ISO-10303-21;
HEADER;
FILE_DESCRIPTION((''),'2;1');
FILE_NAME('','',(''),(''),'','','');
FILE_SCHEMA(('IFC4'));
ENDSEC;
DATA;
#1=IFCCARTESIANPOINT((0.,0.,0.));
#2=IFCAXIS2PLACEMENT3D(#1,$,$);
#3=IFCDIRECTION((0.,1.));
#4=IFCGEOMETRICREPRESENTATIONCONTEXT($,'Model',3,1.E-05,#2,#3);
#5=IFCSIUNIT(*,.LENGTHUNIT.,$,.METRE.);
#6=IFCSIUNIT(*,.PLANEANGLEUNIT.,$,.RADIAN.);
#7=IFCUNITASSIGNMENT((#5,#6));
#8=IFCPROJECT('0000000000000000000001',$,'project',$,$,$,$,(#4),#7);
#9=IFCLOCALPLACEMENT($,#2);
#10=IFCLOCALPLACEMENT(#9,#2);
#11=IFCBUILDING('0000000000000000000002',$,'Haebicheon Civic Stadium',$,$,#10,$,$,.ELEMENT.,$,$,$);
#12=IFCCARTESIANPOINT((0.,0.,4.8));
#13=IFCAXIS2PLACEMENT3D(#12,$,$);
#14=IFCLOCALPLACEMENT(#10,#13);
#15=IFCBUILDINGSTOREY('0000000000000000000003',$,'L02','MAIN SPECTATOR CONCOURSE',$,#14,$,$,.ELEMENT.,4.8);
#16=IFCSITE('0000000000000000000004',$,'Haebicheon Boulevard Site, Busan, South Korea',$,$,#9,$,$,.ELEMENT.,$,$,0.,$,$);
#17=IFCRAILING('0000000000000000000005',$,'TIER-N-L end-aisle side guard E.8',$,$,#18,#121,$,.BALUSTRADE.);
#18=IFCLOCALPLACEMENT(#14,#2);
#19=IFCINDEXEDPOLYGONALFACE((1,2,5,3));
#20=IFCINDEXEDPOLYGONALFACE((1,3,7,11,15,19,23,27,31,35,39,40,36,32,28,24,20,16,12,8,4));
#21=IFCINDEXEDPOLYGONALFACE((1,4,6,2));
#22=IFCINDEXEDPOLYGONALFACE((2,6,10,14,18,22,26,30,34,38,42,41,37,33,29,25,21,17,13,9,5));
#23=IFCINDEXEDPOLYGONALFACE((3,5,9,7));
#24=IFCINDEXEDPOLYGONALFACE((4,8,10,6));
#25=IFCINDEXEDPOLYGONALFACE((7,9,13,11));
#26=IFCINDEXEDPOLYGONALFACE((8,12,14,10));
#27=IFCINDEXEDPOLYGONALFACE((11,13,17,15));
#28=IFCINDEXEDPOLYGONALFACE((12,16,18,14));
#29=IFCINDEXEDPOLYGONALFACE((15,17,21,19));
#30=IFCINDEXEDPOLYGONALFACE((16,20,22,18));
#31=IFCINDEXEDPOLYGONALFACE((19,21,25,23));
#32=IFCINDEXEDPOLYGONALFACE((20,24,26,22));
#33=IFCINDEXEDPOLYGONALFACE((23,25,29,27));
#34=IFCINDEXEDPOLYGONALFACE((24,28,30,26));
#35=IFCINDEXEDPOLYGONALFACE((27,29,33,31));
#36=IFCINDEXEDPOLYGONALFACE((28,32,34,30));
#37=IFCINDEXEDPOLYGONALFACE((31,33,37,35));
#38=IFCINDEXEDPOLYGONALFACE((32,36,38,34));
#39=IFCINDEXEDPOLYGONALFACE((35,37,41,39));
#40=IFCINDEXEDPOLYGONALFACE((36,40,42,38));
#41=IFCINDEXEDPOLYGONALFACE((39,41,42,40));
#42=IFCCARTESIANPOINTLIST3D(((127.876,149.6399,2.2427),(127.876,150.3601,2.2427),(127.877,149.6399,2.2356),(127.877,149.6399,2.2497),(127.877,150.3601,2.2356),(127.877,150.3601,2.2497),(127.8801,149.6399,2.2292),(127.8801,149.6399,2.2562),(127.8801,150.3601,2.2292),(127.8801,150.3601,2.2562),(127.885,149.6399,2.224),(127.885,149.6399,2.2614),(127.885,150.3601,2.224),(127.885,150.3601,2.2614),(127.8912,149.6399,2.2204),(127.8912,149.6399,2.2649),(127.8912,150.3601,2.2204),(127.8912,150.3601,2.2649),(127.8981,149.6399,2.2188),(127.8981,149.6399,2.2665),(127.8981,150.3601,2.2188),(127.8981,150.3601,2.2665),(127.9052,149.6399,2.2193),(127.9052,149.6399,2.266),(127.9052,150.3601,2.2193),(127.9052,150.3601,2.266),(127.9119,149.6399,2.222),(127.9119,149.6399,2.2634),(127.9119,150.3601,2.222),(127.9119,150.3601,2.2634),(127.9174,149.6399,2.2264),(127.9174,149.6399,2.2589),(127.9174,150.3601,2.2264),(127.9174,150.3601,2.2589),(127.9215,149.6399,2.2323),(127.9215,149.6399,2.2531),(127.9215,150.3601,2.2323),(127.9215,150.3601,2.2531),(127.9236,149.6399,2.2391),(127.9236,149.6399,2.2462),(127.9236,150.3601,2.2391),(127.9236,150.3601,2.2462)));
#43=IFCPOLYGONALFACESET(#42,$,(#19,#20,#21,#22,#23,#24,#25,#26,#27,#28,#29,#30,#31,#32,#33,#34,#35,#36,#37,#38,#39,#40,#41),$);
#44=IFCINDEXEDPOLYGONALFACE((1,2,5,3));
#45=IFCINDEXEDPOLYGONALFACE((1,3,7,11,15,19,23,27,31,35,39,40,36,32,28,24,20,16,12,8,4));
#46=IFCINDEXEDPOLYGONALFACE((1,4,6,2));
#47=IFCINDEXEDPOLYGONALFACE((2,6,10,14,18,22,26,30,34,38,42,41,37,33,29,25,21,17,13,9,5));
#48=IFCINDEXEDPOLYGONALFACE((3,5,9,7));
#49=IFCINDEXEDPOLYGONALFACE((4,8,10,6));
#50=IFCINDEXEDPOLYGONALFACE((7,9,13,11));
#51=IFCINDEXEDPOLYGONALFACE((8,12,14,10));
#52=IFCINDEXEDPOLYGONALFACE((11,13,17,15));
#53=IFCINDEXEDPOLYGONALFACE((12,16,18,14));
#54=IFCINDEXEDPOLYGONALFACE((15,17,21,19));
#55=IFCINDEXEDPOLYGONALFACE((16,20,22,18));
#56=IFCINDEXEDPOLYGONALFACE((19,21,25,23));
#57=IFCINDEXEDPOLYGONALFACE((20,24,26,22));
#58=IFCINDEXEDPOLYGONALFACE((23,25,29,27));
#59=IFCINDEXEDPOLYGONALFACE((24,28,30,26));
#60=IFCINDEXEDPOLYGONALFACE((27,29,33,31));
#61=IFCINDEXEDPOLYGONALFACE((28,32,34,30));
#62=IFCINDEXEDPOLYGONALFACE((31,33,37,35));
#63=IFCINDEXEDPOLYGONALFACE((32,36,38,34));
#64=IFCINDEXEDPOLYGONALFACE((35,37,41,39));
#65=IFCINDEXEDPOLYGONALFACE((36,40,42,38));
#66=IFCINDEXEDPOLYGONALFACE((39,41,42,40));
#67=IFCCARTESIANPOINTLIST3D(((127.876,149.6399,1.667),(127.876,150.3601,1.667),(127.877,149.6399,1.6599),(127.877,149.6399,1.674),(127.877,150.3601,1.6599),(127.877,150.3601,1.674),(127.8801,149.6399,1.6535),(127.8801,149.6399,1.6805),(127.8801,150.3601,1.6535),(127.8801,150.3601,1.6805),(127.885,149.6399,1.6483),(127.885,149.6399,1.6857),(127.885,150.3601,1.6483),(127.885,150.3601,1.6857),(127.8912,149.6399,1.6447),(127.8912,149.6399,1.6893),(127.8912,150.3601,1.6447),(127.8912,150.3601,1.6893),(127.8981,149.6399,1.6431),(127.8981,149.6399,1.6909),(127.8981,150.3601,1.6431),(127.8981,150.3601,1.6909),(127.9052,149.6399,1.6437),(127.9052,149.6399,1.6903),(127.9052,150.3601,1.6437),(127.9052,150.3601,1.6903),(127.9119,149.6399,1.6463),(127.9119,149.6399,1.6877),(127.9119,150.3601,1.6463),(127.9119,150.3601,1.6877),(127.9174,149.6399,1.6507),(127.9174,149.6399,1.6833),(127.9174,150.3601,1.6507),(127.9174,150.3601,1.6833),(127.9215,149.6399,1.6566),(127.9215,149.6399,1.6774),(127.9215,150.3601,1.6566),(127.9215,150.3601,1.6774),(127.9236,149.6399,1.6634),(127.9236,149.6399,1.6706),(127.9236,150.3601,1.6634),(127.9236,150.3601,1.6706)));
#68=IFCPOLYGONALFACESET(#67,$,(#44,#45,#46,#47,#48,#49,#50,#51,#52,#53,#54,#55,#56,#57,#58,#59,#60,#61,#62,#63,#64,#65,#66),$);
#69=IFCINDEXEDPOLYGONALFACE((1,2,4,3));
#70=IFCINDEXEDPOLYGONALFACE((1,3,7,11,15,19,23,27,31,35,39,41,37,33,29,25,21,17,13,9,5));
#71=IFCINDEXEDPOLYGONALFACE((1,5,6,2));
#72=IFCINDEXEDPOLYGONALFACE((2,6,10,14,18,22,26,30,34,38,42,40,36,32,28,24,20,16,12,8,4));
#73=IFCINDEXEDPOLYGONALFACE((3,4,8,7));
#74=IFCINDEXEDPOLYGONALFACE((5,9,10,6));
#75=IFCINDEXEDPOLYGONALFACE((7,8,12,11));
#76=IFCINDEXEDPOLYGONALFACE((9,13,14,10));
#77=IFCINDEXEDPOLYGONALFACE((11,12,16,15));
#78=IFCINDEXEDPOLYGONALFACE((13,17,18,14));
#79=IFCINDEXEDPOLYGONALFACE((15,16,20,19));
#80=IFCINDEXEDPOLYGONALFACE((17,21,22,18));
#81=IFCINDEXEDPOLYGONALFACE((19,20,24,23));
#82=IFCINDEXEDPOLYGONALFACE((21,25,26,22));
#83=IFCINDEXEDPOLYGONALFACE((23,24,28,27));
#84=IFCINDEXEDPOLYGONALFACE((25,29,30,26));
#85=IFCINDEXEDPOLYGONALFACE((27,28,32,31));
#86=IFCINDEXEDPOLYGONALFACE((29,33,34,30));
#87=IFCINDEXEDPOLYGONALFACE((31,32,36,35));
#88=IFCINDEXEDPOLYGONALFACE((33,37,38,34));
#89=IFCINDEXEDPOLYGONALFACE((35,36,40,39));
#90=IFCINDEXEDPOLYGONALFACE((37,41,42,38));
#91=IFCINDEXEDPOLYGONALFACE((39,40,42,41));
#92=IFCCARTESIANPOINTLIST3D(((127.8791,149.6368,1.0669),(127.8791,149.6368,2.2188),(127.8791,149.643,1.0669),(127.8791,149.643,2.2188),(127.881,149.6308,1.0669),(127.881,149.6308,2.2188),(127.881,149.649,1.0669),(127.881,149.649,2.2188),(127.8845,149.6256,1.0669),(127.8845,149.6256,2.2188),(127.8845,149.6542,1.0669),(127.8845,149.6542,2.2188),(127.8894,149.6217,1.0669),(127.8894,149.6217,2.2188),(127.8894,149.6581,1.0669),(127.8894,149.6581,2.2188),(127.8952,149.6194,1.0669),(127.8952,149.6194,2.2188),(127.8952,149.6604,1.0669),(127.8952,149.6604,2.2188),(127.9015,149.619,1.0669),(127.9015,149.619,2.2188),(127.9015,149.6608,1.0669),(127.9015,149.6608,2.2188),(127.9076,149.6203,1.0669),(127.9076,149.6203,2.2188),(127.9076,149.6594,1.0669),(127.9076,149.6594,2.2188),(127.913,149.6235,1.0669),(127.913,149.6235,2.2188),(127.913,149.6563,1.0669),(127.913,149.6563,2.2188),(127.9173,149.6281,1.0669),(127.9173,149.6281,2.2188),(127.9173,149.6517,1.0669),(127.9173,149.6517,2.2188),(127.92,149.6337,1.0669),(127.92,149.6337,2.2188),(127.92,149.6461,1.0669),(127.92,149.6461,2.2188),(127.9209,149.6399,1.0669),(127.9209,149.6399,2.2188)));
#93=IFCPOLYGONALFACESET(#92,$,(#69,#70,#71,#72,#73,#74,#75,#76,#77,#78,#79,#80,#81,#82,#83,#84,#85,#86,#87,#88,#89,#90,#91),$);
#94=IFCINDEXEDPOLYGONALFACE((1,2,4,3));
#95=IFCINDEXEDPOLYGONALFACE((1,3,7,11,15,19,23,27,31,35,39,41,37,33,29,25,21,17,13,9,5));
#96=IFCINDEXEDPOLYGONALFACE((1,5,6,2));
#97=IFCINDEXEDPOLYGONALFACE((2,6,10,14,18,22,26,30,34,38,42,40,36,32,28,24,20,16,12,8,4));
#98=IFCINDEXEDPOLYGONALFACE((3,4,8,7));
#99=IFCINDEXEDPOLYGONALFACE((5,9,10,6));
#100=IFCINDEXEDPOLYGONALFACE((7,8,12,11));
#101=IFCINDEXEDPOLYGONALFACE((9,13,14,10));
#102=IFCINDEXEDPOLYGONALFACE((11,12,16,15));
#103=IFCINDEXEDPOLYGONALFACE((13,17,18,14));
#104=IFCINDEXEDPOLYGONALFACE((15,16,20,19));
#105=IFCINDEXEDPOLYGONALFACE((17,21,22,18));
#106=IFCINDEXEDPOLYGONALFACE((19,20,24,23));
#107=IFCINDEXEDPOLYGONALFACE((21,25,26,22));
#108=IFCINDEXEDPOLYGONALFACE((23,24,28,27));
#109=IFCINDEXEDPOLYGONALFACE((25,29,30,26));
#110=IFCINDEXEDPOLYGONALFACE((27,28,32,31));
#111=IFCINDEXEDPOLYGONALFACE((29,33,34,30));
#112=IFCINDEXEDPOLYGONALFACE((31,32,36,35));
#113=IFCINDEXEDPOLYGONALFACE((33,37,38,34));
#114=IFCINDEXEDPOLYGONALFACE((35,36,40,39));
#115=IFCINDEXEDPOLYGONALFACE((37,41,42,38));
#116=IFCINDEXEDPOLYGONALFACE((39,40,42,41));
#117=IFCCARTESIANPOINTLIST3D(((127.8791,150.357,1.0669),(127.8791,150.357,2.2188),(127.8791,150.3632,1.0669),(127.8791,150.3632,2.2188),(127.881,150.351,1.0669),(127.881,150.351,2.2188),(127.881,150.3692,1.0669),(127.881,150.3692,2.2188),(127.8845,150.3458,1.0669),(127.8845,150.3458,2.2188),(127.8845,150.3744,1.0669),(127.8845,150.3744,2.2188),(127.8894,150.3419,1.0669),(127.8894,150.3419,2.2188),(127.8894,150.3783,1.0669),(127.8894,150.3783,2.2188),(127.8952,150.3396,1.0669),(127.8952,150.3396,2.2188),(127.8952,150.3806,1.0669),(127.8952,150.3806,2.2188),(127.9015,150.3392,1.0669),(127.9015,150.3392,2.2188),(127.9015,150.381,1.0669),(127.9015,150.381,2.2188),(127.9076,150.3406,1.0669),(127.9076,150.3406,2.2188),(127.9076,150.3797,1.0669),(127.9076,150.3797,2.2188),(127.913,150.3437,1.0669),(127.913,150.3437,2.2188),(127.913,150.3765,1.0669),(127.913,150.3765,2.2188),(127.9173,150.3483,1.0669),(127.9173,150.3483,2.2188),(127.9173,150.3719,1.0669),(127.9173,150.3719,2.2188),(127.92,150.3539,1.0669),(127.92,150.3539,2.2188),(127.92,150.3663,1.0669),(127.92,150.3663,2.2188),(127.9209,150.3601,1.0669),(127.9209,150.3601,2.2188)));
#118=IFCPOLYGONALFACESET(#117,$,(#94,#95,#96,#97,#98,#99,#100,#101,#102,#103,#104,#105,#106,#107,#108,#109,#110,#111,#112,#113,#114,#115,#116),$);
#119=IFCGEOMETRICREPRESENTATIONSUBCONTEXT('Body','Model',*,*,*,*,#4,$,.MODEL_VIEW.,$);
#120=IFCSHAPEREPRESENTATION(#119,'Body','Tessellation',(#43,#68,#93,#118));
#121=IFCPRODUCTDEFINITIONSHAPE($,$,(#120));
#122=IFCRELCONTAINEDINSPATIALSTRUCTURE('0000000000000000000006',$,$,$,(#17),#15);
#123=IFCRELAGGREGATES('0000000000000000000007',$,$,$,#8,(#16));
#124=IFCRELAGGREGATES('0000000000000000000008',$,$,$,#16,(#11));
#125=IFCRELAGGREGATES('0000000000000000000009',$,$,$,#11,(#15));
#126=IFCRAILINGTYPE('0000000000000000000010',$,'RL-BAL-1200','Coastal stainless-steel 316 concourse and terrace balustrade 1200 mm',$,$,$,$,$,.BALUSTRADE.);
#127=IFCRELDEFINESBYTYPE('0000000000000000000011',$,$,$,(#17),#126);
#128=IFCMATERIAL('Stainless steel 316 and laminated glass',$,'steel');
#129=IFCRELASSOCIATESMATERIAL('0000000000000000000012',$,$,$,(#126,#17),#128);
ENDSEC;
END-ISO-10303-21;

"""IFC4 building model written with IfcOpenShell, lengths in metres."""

from ifc_helpers import new_model, si_unit, direction, frame, origin, origin_2d, place, context, subcontext, project, spatial, circle, extrude, material, type_object, element, save


model = new_model("IFC4")

# Units and contexts
model_context = context("Model", 3, precision=1e-05, world=origin(), true_north=direction((0.0, 1.0)))
body_context = subcontext(model_context, "Body", "Model", "MODEL_VIEW")
ifc_project = project(units=[si_unit("LENGTHUNIT", "METRE"), si_unit("PLANEANGLEUNIT", "RADIAN")], contexts=[model_context])

# Site, building, storey
site_placement = place(None, origin())
site = spatial("IfcSite", under=ifc_project, at=site_placement, Name="Haebicheon Boulevard Site, Busan, South Korea", CompositionType="ELEMENT", RefElevation=0.0)
building_placement = place(site_placement, origin())
building = spatial("IfcBuilding", under=site, at=building_placement, Name="Haebicheon Civic Stadium", CompositionType="ELEMENT")
storey_placement = place(building_placement, frame((0.0, 0.0, 4.8)))
storey = spatial("IfcBuildingStorey", under=building, at=storey_placement, Name="L02", Description="MAIN SPECTATOR CONCOURSE", CompositionType="ELEMENT", Elevation=4.8)

# Railing
ifc_material_1 = material(Name="Stainless steel 316 and laminated glass", Category="steel")
railing_type = type_object("IfcRailingType", Name="RL-BAL-1200", Description="Coastal stainless-steel 316 concourse and terrace balustrade 1200 mm", PredefinedType="BALUSTRADE", material=ifc_material_1)
railing_1_placement = place(storey_placement, frame((127.8999, 149.6399, 1.0669)))
element("IfcRailing", 1, at=railing_1_placement, inside=storey, type_object=railing_type, material=ifc_material_1, Name="TIER-N-L end-aisle side guard E.8", PredefinedType="BALUSTRADE", context=body_context, shape_type="SweptSolid", body=[
    extrude(circle(Radius=0.0239, at=origin_2d()), frame((0.0, 0.0, 1.1758), z_axis=(0.0, 1.0, 0.0), x_axis=(-1.0, 0.0, 0.0)), (0.0, 0.0, 1.0), 0.7202),
    extrude(circle(Radius=0.0239, at=origin_2d()), frame((0.0, 0.0, 0.6001), z_axis=(0.0, 1.0, 0.0), x_axis=(-1.0, 0.0, 0.0)), (0.0, 0.0, 1.0), 0.7202),
    extrude(circle(Radius=0.021, at=origin_2d()), origin(), (0.0, 0.0, 1.0), 1.1519),
    extrude(circle(Radius=0.021, at=origin_2d()), frame((0.0, 0.7202, 0.0)), (0.0, 0.0, 1.0), 1.1519),
])

save(model, "model.ifc")
